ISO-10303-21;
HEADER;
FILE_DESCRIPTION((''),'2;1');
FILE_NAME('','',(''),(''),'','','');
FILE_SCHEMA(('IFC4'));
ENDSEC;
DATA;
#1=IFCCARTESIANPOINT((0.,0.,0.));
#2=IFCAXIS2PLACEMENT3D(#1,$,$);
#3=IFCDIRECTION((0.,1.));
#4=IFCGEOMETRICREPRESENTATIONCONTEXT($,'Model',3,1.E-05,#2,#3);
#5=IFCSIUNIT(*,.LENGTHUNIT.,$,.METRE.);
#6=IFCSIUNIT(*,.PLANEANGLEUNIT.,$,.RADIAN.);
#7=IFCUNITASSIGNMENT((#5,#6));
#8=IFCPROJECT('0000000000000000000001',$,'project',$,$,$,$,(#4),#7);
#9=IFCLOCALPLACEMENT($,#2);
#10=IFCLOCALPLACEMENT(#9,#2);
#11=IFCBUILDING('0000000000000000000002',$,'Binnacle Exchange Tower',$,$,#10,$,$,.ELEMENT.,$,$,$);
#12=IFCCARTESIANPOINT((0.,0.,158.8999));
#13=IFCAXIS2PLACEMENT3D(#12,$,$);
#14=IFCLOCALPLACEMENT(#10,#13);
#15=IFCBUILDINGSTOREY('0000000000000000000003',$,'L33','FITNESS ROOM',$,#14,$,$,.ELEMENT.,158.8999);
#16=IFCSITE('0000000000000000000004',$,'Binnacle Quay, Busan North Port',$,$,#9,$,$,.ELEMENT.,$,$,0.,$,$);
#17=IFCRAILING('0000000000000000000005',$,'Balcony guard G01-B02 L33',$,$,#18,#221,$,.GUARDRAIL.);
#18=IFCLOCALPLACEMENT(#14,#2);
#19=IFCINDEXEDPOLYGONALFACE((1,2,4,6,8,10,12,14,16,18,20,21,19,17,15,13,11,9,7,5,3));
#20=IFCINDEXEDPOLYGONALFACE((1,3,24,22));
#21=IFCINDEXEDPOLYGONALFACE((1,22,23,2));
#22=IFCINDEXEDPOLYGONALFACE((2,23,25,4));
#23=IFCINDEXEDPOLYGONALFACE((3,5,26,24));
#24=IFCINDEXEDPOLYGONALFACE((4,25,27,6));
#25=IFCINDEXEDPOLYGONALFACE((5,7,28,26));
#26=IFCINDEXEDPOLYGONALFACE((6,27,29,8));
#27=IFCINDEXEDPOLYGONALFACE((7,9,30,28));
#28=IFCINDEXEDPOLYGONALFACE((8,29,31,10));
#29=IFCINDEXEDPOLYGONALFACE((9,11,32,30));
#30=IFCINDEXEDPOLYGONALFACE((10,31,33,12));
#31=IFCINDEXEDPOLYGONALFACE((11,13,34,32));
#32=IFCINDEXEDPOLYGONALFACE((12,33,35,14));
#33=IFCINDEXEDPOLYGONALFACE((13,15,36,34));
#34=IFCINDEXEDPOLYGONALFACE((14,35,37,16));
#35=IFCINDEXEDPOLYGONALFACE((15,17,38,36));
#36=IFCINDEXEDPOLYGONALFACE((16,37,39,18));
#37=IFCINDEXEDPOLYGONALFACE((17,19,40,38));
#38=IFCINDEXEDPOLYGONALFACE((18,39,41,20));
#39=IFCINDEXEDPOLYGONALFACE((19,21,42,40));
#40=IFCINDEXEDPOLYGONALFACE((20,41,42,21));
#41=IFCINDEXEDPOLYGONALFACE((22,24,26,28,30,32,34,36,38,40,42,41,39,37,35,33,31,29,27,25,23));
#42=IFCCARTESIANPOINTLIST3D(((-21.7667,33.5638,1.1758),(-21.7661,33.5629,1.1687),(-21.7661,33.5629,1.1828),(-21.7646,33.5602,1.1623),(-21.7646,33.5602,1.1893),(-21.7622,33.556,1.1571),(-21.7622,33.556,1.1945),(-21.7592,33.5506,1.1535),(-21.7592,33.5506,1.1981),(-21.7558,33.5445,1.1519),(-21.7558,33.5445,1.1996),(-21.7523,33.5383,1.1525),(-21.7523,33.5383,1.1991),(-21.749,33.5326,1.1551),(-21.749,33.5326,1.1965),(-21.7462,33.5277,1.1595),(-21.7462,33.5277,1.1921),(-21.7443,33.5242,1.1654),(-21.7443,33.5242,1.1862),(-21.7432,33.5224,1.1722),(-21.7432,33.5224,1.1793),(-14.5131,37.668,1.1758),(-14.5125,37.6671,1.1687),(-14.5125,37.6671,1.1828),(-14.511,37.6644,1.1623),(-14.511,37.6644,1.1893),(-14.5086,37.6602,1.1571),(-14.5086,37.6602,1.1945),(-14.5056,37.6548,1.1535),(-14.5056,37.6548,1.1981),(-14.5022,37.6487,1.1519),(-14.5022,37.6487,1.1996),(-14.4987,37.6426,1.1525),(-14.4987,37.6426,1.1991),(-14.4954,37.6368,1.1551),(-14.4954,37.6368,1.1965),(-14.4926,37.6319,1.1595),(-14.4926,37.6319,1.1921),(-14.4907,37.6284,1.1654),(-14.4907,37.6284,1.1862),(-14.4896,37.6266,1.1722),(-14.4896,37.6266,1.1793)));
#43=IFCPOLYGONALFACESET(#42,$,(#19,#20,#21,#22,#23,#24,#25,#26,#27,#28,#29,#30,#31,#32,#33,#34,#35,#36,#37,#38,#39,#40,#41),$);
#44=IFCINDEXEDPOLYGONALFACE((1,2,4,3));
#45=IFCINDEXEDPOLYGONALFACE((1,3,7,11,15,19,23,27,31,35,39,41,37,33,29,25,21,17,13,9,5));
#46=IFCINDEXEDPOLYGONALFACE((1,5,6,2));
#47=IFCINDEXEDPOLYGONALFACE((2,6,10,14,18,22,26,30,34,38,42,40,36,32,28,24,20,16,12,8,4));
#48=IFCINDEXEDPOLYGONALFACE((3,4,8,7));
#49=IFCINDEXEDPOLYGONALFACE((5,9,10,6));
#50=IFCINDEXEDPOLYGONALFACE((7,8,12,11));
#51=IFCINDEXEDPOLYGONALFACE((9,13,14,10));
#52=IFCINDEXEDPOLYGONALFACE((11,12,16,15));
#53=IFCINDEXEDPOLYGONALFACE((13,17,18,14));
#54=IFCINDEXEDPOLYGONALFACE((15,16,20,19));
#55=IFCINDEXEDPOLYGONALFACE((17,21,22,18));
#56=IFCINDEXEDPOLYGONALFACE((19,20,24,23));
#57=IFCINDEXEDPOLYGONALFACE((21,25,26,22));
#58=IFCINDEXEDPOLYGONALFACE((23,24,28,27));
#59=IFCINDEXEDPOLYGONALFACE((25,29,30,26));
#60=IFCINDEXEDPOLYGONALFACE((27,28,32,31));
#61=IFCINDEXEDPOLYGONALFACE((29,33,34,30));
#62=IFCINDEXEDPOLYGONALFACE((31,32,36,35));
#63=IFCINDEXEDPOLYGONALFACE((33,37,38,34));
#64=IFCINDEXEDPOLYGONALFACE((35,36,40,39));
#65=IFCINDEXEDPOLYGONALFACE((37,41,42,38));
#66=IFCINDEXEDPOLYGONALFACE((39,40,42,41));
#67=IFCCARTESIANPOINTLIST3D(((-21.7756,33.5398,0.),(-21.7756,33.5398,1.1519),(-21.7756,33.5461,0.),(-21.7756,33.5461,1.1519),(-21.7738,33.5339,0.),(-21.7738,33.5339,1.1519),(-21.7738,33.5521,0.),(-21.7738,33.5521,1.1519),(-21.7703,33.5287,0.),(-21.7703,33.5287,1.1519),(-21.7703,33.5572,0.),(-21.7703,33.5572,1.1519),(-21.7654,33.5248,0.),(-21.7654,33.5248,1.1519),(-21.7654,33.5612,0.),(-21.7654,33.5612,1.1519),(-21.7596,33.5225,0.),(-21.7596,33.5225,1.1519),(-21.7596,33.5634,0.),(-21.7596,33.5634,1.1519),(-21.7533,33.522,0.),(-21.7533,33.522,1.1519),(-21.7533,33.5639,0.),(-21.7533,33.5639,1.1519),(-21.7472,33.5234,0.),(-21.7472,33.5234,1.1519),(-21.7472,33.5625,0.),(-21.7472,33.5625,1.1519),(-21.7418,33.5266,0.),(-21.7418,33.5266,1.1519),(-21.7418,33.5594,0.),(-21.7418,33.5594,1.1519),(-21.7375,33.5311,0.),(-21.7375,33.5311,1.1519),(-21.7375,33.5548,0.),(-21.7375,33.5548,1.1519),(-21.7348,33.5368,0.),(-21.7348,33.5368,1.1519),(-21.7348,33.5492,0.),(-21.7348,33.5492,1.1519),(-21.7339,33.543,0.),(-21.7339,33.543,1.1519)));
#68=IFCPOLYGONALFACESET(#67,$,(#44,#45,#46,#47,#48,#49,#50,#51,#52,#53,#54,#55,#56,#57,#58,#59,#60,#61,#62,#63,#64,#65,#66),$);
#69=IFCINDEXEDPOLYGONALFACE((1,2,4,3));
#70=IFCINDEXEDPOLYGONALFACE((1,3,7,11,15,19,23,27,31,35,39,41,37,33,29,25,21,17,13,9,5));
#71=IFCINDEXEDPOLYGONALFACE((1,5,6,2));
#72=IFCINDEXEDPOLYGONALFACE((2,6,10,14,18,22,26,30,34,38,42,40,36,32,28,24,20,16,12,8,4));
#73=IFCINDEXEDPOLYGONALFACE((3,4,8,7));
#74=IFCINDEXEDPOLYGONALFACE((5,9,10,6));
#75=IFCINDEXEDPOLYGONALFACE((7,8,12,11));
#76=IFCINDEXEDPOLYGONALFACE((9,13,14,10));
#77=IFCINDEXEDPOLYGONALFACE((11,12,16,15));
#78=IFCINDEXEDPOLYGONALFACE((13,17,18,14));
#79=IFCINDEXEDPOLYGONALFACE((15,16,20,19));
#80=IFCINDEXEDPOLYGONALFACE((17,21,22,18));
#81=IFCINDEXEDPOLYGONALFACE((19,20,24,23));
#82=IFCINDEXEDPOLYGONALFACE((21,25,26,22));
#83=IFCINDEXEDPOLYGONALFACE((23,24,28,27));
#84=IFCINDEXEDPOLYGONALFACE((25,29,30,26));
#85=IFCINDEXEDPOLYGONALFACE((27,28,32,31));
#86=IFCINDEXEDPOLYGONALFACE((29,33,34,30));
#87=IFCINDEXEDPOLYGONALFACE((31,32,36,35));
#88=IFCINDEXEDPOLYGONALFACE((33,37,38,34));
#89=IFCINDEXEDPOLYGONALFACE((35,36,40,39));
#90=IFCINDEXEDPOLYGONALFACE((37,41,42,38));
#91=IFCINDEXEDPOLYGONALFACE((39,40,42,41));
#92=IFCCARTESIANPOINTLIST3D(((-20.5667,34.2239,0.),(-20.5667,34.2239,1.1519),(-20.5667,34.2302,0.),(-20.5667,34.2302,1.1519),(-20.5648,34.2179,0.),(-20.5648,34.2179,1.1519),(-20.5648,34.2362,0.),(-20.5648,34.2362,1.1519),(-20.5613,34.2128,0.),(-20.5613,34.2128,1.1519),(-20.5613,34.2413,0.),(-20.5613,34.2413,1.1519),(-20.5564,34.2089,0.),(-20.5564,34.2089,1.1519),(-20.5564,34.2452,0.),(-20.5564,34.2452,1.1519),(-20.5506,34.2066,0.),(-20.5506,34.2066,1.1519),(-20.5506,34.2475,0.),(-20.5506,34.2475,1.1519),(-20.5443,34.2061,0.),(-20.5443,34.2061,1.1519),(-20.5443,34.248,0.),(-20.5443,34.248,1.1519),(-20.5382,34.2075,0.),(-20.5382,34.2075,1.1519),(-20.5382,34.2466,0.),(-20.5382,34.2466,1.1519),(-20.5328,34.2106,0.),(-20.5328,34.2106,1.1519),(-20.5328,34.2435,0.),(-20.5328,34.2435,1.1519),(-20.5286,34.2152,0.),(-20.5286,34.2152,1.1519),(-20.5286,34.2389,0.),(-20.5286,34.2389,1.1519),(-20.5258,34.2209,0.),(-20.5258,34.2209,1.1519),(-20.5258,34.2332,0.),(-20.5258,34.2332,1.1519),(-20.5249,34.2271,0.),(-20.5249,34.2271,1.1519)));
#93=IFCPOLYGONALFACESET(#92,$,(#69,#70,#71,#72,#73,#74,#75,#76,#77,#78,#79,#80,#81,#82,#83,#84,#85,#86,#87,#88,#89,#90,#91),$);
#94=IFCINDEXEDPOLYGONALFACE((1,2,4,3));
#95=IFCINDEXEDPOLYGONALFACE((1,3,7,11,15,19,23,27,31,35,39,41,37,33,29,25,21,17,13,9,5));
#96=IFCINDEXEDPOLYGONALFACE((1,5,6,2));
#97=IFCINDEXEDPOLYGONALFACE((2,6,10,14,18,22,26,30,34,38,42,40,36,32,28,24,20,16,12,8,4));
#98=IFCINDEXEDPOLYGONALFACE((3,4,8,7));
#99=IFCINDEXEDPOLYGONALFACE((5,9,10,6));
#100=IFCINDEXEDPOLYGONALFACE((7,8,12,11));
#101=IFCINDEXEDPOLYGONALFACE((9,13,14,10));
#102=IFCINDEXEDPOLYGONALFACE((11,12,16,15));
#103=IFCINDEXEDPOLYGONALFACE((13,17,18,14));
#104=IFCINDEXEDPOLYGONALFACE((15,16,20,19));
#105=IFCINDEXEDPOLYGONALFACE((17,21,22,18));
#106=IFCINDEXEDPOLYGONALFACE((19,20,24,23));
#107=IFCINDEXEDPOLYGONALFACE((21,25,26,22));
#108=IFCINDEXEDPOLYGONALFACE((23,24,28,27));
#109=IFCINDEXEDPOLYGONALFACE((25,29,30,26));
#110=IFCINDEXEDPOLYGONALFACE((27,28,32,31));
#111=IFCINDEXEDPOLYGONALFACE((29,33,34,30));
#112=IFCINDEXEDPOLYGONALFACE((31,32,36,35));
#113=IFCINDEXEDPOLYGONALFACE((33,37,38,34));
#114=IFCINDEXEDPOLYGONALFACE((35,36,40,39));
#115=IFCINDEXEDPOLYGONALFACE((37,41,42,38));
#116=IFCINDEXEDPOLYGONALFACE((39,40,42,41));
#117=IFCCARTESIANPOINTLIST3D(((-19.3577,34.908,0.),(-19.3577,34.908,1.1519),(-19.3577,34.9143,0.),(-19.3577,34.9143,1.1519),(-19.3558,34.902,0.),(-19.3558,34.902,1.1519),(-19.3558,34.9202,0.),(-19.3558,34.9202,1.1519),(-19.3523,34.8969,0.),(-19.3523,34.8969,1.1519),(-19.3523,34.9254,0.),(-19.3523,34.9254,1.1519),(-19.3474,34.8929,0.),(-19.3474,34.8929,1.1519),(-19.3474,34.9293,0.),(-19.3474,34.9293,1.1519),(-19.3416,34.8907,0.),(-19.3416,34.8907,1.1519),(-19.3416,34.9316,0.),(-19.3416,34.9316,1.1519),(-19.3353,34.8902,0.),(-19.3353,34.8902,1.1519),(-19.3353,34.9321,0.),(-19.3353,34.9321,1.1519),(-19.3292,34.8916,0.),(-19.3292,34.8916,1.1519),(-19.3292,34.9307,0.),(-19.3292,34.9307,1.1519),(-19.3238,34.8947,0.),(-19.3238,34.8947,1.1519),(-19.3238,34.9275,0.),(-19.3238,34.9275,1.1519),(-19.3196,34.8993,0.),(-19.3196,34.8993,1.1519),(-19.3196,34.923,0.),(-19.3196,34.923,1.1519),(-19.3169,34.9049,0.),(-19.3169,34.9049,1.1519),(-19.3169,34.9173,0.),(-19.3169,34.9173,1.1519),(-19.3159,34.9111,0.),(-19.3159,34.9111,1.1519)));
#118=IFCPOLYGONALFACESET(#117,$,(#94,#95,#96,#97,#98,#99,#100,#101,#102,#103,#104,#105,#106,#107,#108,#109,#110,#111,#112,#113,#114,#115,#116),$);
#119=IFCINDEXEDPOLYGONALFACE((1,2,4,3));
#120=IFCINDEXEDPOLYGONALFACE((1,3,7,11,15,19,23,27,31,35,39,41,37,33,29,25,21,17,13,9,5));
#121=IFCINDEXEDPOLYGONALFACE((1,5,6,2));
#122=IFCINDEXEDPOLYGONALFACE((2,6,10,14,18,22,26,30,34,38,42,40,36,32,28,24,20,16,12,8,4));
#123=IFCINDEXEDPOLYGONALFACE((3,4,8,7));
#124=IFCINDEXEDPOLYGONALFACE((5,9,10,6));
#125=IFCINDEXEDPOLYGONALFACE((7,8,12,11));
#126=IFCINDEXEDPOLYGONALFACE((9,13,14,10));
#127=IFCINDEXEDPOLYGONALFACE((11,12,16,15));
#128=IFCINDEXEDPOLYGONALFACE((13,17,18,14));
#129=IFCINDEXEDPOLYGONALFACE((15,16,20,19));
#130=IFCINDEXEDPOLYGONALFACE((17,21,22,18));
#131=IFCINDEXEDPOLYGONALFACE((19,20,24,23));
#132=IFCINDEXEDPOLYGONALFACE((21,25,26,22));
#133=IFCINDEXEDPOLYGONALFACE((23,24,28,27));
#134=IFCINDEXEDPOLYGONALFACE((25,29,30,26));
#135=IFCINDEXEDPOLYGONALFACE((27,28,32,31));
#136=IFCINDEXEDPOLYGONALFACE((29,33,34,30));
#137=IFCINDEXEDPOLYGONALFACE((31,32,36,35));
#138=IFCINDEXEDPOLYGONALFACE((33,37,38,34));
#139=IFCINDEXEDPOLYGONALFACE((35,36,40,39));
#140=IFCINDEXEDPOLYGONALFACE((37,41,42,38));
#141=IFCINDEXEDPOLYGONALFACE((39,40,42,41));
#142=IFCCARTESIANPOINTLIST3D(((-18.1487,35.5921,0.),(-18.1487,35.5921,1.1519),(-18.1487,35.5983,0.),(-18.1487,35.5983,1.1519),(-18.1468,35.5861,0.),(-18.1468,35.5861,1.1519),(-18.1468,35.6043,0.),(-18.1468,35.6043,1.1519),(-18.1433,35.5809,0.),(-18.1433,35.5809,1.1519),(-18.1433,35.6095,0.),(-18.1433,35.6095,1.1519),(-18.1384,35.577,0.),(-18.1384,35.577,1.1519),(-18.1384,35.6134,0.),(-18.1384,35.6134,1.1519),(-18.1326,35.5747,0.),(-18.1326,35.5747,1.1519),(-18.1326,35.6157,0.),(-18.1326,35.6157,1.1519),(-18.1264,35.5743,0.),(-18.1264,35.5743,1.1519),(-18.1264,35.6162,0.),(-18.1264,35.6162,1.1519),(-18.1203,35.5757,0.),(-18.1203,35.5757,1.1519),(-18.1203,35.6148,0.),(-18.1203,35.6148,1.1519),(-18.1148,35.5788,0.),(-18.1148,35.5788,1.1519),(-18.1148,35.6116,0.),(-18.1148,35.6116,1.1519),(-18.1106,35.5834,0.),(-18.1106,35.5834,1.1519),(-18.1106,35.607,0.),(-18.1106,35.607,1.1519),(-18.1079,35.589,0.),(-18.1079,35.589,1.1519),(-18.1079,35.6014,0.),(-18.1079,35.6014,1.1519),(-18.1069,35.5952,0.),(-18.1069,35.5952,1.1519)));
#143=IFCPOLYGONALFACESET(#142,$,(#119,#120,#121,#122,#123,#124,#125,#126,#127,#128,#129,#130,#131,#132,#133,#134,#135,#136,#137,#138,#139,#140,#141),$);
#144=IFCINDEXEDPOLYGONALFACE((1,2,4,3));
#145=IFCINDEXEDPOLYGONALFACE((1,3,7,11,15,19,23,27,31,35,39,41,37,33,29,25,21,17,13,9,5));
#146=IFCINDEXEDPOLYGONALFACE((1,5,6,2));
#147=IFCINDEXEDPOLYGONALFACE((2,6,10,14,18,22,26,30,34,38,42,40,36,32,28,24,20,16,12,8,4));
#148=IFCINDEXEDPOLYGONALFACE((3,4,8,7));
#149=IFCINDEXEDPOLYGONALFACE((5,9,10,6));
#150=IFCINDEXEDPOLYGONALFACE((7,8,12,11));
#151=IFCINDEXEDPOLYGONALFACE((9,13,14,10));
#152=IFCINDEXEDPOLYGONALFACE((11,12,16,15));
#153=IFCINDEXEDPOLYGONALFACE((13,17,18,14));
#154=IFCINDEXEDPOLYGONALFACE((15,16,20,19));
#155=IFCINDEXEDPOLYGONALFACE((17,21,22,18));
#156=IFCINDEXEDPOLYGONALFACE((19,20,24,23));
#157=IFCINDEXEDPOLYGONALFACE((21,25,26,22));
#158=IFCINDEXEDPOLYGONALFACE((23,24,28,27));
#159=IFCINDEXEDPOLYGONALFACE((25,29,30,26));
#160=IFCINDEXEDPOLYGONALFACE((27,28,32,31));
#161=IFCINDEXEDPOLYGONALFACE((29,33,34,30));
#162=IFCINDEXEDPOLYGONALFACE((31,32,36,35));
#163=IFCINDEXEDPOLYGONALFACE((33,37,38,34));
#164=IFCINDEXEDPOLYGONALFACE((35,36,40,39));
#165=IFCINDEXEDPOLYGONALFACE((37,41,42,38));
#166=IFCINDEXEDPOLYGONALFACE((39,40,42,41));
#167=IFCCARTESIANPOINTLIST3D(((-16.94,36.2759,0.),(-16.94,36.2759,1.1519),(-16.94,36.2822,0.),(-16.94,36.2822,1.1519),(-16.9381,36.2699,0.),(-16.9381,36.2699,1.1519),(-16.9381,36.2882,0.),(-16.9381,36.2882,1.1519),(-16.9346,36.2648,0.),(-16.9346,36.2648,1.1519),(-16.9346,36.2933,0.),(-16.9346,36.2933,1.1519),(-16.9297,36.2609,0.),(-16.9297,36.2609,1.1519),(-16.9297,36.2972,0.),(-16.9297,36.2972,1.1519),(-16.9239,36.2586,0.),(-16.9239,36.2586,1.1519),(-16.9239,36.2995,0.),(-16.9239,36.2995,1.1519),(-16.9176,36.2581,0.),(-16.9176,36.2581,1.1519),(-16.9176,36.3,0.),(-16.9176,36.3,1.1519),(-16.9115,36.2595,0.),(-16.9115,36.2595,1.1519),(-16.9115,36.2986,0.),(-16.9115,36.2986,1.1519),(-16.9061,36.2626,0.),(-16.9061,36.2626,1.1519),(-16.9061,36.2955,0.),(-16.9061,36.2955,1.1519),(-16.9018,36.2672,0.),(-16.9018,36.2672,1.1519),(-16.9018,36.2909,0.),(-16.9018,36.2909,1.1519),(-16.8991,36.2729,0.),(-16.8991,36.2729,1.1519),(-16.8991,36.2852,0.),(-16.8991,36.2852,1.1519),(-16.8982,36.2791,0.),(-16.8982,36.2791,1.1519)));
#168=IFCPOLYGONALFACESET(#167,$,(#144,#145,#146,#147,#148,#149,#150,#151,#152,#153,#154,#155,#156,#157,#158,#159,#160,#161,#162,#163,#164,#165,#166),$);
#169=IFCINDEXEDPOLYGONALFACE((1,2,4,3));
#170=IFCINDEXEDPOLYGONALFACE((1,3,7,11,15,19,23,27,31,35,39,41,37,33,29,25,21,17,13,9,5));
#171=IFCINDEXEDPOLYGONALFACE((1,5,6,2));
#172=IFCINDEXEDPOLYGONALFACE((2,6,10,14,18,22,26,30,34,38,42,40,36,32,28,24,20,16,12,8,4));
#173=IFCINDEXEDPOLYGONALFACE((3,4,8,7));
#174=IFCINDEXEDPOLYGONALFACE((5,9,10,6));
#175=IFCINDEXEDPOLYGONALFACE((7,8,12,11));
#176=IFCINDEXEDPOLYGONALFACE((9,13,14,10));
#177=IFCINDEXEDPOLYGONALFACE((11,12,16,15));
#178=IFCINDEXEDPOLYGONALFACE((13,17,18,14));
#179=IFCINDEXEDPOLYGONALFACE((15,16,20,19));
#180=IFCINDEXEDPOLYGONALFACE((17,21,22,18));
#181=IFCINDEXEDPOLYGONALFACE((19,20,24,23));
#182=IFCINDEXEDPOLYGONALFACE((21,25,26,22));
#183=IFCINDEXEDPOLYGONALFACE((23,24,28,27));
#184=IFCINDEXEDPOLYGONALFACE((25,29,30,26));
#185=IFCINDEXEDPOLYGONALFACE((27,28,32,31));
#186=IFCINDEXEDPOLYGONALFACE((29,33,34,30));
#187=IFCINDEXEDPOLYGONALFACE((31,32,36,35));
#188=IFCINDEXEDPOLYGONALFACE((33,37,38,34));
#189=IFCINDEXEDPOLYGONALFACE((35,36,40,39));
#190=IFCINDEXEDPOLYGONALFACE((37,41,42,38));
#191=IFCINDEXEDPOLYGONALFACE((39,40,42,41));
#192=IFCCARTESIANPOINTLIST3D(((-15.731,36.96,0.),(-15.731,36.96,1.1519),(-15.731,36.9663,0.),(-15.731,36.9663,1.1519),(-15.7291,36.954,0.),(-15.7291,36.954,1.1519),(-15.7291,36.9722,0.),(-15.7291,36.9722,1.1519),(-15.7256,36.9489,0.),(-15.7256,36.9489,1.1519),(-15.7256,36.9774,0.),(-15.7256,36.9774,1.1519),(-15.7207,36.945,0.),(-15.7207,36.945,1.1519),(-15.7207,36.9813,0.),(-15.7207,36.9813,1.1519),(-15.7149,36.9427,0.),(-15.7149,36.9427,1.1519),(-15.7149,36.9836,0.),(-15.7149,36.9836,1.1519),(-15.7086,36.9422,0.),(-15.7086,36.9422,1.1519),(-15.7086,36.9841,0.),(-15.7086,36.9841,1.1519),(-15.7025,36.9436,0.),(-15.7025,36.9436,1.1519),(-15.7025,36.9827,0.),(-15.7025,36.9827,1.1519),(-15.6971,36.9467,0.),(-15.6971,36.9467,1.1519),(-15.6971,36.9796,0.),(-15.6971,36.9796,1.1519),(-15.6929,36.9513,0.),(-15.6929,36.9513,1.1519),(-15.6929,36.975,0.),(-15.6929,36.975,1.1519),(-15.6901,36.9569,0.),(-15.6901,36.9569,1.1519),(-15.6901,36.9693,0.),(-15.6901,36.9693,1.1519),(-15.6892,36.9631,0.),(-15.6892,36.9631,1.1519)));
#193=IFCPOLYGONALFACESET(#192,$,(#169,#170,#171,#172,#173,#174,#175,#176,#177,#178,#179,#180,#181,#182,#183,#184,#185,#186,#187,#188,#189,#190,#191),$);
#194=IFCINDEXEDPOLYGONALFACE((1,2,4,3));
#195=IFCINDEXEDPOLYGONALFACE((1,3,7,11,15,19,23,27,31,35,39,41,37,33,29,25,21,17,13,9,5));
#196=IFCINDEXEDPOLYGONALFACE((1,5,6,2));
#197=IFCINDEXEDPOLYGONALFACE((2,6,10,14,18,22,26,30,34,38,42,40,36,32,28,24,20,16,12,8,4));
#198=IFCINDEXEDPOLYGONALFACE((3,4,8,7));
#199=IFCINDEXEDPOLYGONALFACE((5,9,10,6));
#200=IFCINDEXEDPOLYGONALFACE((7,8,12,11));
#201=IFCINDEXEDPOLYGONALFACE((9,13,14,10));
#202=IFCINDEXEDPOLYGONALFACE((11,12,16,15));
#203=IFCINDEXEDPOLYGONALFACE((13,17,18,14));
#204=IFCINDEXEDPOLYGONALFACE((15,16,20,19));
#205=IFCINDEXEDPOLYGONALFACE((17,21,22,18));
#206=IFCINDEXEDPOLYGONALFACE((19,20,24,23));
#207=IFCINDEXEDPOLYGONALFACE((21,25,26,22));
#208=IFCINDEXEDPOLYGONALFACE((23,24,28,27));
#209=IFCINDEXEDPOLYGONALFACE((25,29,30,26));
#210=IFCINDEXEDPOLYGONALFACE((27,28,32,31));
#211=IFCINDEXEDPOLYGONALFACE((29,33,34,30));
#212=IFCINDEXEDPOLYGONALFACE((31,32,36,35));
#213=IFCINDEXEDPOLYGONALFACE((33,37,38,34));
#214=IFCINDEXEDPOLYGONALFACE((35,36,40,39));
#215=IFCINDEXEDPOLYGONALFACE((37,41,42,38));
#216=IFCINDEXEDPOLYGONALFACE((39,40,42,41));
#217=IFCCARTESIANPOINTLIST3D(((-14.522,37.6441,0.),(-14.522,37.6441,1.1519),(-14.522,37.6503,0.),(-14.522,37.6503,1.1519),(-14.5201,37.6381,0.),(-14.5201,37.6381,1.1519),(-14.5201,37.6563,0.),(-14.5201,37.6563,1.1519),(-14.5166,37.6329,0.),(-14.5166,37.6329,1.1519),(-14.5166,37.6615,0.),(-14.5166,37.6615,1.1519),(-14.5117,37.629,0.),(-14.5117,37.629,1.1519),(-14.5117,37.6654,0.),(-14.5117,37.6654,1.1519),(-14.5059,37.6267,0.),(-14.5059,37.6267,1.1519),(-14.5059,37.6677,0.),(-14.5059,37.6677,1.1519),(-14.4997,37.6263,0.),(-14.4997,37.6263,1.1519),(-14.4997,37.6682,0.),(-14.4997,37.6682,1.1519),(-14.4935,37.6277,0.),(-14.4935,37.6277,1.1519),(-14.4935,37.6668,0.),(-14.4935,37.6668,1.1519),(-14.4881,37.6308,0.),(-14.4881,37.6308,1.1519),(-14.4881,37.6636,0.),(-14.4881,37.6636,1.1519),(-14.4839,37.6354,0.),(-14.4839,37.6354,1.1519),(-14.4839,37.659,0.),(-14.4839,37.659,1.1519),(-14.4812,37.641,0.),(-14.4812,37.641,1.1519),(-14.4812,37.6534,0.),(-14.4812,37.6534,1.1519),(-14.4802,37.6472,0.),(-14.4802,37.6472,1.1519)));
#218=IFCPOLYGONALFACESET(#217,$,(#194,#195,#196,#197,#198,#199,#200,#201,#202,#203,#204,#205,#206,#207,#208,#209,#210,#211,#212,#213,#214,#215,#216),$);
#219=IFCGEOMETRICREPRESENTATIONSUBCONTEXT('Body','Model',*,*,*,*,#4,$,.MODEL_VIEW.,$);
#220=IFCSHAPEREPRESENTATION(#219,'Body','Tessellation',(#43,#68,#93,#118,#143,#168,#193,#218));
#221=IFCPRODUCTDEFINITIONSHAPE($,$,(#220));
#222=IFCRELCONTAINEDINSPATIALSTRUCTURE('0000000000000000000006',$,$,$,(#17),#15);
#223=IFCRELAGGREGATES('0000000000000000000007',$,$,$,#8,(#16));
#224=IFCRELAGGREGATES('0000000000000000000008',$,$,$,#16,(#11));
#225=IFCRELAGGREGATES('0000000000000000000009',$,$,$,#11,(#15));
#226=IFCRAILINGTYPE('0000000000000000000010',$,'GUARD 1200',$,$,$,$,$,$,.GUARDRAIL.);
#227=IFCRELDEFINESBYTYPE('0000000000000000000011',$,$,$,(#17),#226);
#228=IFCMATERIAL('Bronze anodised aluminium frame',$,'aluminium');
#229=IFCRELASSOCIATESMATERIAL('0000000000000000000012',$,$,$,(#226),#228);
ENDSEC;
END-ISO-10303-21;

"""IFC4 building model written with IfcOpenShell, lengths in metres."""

from ifc_helpers import new_model, si_unit, direction, frame, origin, origin_2d, place, context, subcontext, project, spatial, circle, extrude, material, type_object, element, save


model = new_model("IFC4")

# Units and contexts
model_context = context("Model", 3, precision=1e-05, world=origin(), true_north=direction((0.0, 1.0)))
body_context = subcontext(model_context, "Body", "Model", "MODEL_VIEW")
ifc_project = project(units=[si_unit("LENGTHUNIT", "METRE"), si_unit("PLANEANGLEUNIT", "RADIAN")], contexts=[model_context])

# Site, building, storey
site_placement = place(None, origin())
site = spatial("IfcSite", under=ifc_project, at=site_placement, Name="Binnacle Quay, Busan North Port", CompositionType="ELEMENT", RefElevation=0.0)
building_placement = place(site_placement, origin())
building = spatial("IfcBuilding", under=site, at=building_placement, Name="Binnacle Exchange Tower", CompositionType="ELEMENT")
storey_placement = place(building_placement, frame((0.0, 0.0, 158.8999)))
storey = spatial("IfcBuildingStorey", under=building, at=storey_placement, Name="L33", Description="FITNESS ROOM", CompositionType="ELEMENT", Elevation=158.8999)

# Railing
ifc_material_1 = material(Name="Bronze anodised aluminium frame", Category="aluminium")
railing_type_1 = type_object("IfcRailingType", Name="GUARD 1200", PredefinedType="GUARDRAIL", material=ifc_material_1)
railing_1_placement = place(storey_placement, frame((-21.7549, 33.543, 0.0)))
element("IfcRailing", 1, at=railing_1_placement, inside=storey, type_object=railing_type_1, Name="Balcony guard G01-B02 L33", PredefinedType="GUARDRAIL", context=body_context, shape_type="SweptSolid", body=[
    extrude(circle(Radius=0.0239, at=origin_2d()), frame((0.0, 0.0, 1.1758), z_axis=(0.870339, 0.492453, 0.0), x_axis=(-0.492453, 0.870339, 0.0)), (0.0, 0.0, 1.0), 8.3342),
    extrude(circle(Radius=0.021, at=origin_2d()), origin(), (0.0, 0.0, 1.0), 1.1519),
    extrude(circle(Radius=0.021, at=origin_2d()), frame((1.209, 0.6841, 0.0)), (0.0, 0.0, 1.0), 1.1519),
    extrude(circle(Radius=0.021, at=origin_2d()), frame((2.418, 1.3682, 0.0)), (0.0, 0.0, 1.0), 1.1519),
    extrude(circle(Radius=0.021, at=origin_2d()), frame((3.627, 2.0522, 0.0)), (0.0, 0.0, 1.0), 1.1519),
    extrude(circle(Radius=0.021, at=origin_2d()), frame((4.8357, 2.7361, 0.0)), (0.0, 0.0, 1.0), 1.1519),
    extrude(circle(Radius=0.021, at=origin_2d()), frame((6.0447, 3.4202, 0.0)), (0.0, 0.0, 1.0), 1.1519),
    extrude(circle(Radius=0.021, at=origin_2d()), frame((7.2537, 4.1042, 0.0)), (0.0, 0.0, 1.0), 1.1519),
])

save(model, "model.ifc")
